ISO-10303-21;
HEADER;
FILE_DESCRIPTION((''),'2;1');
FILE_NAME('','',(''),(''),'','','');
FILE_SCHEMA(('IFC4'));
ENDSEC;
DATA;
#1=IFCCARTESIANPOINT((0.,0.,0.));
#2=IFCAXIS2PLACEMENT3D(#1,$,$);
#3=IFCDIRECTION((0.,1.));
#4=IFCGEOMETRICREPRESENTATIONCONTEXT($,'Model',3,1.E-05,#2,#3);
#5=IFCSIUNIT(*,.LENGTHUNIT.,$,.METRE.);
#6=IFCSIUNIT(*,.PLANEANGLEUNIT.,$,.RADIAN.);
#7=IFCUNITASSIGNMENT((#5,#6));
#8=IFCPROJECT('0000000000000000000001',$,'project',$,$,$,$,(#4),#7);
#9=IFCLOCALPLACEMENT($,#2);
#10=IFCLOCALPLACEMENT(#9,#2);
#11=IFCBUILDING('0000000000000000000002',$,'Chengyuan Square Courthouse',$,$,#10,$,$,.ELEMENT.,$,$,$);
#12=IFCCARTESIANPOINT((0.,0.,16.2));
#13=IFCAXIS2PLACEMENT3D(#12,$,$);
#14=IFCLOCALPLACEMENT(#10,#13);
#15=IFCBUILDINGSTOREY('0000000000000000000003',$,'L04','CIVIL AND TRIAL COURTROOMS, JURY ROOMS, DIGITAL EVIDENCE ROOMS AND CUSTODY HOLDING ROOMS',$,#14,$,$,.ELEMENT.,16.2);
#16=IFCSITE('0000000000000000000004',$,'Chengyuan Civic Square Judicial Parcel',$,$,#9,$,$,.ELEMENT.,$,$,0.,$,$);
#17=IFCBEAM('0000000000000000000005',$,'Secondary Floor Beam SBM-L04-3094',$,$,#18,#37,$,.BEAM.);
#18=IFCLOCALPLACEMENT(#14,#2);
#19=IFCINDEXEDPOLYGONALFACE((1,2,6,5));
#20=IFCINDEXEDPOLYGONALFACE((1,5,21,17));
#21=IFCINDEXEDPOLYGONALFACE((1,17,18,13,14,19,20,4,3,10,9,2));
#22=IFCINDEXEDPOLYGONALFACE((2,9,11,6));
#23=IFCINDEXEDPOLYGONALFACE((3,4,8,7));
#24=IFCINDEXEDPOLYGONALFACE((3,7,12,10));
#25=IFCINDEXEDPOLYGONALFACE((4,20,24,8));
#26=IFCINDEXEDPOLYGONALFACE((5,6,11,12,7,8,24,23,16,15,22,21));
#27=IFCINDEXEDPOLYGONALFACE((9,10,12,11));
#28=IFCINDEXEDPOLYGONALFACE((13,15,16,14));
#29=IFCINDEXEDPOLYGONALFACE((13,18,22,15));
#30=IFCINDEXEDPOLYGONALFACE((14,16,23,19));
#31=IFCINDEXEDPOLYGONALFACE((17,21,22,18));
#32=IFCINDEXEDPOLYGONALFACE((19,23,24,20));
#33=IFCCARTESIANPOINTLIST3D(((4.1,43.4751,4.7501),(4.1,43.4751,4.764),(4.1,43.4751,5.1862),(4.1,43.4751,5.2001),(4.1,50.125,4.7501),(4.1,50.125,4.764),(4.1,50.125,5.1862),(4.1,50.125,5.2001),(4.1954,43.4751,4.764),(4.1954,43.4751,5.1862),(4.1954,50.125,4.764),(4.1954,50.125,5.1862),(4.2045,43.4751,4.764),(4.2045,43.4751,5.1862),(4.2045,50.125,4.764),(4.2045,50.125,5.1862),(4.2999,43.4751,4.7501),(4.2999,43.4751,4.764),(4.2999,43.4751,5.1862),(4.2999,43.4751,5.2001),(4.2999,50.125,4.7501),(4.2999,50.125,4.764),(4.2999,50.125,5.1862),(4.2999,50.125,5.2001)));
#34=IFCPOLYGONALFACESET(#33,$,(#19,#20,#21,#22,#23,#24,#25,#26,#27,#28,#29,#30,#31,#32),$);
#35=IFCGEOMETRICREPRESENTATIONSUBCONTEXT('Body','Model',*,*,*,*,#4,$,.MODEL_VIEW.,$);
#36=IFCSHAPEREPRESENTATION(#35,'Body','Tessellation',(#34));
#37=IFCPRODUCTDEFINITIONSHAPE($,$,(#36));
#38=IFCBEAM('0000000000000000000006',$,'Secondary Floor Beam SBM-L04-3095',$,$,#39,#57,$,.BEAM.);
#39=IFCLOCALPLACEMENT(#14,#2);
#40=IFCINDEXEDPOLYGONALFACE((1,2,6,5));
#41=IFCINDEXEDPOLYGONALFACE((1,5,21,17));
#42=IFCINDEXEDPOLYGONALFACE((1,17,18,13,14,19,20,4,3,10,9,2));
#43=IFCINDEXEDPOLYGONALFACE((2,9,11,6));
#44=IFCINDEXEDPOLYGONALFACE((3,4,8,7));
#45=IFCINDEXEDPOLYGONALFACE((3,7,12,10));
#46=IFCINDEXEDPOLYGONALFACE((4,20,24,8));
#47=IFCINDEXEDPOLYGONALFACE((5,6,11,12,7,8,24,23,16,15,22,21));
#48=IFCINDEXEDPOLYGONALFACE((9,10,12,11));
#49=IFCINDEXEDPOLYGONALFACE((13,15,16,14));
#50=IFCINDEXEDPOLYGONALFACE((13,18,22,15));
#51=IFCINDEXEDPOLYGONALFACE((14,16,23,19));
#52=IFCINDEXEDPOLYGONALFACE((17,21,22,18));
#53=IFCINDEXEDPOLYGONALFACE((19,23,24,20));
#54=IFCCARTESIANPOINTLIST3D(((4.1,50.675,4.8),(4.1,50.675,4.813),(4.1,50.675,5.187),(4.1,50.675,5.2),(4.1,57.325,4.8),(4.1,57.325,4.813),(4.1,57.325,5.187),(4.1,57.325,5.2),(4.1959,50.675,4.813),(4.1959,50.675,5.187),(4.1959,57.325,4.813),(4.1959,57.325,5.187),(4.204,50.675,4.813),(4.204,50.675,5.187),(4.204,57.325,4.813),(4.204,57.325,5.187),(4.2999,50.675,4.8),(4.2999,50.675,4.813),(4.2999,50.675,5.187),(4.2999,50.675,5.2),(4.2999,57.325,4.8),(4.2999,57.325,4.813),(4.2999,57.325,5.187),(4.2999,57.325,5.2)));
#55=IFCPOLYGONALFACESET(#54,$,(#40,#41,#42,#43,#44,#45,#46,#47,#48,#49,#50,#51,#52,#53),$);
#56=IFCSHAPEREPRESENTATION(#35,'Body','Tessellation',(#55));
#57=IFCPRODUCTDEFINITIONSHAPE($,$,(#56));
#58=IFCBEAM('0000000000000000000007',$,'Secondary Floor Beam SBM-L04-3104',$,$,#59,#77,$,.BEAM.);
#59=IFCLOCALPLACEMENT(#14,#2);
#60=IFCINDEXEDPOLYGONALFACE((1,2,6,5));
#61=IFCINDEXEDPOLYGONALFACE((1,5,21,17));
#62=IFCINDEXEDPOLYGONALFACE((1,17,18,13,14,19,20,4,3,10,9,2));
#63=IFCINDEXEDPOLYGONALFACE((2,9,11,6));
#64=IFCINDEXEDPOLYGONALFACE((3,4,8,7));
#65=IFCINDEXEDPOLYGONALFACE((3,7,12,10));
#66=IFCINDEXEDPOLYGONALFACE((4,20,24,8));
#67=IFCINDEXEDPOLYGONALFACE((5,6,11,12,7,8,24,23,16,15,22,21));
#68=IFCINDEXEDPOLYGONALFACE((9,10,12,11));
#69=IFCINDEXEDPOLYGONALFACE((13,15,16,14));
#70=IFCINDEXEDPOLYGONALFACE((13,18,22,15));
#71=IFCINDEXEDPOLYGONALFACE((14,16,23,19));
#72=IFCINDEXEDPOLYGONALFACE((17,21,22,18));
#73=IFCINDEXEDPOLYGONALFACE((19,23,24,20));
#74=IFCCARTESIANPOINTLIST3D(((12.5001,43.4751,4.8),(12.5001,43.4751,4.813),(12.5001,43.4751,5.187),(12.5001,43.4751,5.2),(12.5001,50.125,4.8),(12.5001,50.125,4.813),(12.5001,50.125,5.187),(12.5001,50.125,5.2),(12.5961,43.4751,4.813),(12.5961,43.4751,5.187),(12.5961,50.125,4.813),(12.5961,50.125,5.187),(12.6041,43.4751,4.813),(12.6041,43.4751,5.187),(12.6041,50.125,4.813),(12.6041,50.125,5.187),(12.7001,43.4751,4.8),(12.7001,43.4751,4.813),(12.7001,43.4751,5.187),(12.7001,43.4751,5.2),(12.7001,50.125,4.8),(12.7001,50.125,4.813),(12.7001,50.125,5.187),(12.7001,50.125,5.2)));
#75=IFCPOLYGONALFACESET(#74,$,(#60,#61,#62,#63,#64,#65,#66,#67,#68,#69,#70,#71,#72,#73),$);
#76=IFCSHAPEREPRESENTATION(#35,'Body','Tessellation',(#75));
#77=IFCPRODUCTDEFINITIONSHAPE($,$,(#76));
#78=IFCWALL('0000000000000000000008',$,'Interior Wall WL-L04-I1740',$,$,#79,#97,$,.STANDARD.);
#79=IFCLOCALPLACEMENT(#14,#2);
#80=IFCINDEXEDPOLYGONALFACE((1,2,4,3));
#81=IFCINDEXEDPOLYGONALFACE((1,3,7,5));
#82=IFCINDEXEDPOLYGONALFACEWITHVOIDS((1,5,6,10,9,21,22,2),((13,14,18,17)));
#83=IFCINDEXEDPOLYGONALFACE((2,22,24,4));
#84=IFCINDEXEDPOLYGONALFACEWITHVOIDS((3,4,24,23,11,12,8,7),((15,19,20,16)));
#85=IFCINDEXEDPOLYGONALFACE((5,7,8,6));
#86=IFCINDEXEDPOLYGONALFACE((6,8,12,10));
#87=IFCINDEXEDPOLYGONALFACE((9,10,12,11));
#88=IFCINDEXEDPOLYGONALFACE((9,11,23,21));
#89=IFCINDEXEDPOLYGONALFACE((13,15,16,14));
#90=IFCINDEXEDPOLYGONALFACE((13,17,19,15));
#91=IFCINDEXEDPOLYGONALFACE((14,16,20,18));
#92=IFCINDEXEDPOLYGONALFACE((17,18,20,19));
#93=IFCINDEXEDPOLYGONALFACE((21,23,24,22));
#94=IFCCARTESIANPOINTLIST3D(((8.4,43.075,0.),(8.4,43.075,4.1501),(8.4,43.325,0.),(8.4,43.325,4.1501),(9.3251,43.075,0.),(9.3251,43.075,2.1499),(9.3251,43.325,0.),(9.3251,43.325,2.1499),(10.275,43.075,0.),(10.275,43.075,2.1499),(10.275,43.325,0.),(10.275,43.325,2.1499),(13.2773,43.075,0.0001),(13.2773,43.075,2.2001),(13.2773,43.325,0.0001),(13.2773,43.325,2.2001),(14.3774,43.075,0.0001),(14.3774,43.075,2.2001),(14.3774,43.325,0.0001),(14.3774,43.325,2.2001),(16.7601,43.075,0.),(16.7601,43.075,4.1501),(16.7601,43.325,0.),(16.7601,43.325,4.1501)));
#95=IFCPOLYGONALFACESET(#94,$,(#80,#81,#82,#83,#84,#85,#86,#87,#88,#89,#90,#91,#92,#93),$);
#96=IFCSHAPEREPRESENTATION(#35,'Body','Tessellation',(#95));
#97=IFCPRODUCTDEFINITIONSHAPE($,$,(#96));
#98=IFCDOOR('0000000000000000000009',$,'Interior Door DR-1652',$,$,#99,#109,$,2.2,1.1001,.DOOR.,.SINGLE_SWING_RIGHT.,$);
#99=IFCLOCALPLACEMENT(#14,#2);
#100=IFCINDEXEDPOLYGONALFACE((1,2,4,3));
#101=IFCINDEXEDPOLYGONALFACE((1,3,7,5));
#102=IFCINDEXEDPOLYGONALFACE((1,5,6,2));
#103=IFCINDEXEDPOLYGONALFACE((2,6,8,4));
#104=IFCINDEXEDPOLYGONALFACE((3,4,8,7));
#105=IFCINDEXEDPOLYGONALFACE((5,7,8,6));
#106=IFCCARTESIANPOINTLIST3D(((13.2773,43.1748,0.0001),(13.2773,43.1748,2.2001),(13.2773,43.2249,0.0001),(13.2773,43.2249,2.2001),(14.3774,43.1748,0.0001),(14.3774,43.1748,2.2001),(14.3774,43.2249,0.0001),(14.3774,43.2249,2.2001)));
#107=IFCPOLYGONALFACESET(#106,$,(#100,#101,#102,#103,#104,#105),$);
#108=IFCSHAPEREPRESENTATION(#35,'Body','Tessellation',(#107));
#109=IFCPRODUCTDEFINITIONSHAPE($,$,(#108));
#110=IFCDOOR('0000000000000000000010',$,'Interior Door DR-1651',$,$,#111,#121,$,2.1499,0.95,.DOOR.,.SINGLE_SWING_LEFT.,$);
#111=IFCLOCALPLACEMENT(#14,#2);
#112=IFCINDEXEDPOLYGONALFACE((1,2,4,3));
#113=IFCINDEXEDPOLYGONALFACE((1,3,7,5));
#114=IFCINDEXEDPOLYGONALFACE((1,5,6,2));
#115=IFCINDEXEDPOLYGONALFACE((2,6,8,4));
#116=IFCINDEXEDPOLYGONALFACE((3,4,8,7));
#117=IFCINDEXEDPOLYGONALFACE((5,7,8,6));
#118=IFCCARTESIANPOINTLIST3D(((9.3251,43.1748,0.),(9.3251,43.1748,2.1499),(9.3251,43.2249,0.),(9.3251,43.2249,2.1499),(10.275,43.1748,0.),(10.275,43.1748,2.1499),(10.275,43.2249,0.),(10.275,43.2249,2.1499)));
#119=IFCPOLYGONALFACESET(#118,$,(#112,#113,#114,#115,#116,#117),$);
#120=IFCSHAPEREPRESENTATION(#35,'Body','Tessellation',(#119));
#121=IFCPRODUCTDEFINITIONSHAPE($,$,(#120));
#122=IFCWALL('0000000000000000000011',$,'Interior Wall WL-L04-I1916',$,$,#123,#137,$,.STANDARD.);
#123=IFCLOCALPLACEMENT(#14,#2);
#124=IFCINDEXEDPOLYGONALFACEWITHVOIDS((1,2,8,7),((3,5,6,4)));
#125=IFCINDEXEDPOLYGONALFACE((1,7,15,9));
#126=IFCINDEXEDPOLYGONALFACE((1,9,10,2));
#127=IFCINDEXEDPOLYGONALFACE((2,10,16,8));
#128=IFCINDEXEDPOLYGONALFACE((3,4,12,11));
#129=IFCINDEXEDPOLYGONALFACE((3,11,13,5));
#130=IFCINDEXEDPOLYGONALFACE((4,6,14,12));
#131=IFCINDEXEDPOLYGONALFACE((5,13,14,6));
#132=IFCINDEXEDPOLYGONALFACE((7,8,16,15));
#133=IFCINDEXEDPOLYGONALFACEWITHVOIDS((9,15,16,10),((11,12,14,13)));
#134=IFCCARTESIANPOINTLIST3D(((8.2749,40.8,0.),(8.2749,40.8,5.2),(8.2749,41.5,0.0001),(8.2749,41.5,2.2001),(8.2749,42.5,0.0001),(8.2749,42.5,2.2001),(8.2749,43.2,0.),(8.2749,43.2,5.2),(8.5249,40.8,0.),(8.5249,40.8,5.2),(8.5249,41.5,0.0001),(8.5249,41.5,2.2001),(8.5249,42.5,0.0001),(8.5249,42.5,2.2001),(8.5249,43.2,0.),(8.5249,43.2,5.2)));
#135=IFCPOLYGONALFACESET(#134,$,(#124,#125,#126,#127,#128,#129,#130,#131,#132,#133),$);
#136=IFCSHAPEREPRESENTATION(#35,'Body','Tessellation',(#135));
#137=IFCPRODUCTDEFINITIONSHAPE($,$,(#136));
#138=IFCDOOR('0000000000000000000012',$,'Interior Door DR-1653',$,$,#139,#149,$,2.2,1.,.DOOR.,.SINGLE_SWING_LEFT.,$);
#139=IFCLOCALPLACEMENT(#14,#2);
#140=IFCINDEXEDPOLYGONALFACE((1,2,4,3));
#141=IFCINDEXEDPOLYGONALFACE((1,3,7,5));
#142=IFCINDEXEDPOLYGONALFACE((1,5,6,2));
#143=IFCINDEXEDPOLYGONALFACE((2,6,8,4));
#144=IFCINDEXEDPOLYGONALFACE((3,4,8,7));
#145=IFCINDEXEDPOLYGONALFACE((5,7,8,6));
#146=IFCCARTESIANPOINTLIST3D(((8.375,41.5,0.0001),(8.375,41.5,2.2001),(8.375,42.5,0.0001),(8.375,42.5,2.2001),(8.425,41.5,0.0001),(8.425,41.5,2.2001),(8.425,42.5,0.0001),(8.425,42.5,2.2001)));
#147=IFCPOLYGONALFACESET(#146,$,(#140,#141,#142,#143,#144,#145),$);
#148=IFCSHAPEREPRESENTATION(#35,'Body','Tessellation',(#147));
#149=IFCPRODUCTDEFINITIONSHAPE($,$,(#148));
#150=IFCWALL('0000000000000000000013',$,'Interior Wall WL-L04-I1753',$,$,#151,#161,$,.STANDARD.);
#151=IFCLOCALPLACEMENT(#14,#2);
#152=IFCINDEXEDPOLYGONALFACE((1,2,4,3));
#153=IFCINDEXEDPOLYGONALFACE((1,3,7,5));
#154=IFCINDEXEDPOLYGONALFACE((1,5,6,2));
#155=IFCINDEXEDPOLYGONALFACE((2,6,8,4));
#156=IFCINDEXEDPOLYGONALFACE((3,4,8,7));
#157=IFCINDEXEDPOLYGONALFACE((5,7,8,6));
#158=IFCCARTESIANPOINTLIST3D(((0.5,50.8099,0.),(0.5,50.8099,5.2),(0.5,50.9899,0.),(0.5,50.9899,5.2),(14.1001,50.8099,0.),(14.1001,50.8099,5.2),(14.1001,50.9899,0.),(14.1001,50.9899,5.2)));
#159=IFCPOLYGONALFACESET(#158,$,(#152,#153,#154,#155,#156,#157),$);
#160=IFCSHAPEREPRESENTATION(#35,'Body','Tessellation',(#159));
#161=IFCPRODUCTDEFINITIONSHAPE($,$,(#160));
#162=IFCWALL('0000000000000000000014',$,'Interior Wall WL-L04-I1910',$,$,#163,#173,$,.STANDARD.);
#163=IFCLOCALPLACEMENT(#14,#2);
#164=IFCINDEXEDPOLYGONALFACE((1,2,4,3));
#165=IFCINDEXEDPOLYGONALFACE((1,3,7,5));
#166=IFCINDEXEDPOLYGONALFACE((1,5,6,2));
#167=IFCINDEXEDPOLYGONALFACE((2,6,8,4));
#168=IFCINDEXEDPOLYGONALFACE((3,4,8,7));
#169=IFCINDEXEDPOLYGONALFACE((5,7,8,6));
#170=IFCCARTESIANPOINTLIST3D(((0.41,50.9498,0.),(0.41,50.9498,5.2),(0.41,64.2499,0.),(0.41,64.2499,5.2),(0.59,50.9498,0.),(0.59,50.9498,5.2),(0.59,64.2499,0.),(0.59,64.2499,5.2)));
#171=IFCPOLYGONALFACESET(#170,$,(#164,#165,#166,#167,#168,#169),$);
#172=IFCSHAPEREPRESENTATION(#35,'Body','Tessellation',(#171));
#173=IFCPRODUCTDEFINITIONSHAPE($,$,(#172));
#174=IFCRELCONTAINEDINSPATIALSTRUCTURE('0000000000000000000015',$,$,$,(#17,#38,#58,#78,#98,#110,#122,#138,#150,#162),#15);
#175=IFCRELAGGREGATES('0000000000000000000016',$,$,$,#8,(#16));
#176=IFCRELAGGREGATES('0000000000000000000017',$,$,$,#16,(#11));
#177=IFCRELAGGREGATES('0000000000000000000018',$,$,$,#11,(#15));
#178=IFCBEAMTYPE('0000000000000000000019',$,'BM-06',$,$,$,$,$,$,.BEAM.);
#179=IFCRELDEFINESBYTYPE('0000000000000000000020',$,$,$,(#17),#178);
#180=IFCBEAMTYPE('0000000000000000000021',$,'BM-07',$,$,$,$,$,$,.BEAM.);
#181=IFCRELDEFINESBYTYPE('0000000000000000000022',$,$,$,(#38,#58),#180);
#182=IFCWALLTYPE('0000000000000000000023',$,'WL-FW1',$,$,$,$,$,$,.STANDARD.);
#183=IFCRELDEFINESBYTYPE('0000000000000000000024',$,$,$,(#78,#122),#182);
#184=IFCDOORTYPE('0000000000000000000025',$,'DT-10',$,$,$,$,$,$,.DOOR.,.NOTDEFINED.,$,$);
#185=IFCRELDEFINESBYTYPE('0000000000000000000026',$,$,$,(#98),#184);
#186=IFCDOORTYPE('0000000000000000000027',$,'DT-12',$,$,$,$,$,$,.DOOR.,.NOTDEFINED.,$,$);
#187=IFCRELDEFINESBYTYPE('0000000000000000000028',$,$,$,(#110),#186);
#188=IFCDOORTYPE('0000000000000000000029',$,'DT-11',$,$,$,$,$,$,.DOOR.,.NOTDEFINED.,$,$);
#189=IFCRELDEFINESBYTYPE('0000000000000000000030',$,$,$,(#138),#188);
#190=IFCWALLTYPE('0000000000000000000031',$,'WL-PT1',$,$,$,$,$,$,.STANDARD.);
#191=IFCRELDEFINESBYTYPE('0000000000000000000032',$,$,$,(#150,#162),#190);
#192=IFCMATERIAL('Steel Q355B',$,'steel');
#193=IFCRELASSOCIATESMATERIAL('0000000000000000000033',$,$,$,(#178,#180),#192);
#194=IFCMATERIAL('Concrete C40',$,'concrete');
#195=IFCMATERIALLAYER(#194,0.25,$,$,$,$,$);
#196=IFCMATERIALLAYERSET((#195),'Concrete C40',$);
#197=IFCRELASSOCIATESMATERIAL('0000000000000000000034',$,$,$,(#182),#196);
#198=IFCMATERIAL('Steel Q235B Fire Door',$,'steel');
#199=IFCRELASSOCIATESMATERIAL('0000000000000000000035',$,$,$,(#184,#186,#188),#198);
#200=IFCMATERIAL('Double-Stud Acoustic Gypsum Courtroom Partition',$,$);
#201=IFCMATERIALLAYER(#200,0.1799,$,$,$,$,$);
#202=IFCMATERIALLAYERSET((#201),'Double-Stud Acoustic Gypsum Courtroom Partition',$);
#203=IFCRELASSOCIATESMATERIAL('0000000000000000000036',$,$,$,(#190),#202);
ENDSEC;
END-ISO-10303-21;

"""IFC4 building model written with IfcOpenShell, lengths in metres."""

from ifc_helpers import new_model, si_unit, direction, frame, frame_2d, origin, origin_2d, place, context, subcontext, project, spatial, rectangle, i_section, extrude, material, layer, layer_set, material_profile, profile_set, type_object, element, fill, save


model = new_model("IFC4")

# Units and contexts
model_context = context("Model", 3, precision=1e-05, world=origin(), true_north=direction((0.0, 1.0)))
body_context = subcontext(model_context, "Body", "Model", "MODEL_VIEW")
ifc_project = project(units=[si_unit("LENGTHUNIT", "METRE"), si_unit("PLANEANGLEUNIT", "RADIAN")], contexts=[model_context])

# Site, building, storey
site_placement = place(None, origin())
site = spatial("IfcSite", under=ifc_project, at=site_placement, Name="Chengyuan Civic Square Judicial Parcel", CompositionType="ELEMENT", RefElevation=0.0)
building_placement = place(site_placement, origin())
building = spatial("IfcBuilding", under=site, at=building_placement, Name="Chengyuan Square Courthouse", CompositionType="ELEMENT")
storey_placement = place(building_placement, frame((0.0, 0.0, 16.2)))
storey = spatial("IfcBuildingStorey", under=building, at=storey_placement, Name="L04", Description="CIVIL AND TRIAL COURTROOMS, JURY ROOMS, DIGITAL EVIDENCE ROOMS AND CUSTODY HOLDING ROOMS", CompositionType="ELEMENT", Elevation=16.2)

# Beams
ifc_material_1 = material(Name="Steel Q355B", Category="steel")
ifc_material_profile_1 = material_profile(ifc_material_1, i_section(OverallWidth=0.2, OverallDepth=0.45, WebThickness=0.009, FlangeThickness=0.0139, at=origin_2d()), Name="HN 450x200x9x14")
ifc_profile_set_1 = profile_set([ifc_material_profile_1], Name="Steel Q355B")
beam_type_1 = type_object("IfcBeamType", Name="BM-06", PredefinedType="BEAM", material=ifc_profile_set_1)
beam_placement = place(storey_placement, frame((4.2, 43.4751, 4.9751), z_axis=(0.0, 1.0, 0.0), x_axis=(-1.0, 0.0, 0.0)))
element("IfcBeam", 1, at=beam_placement, inside=storey, type_object=beam_type_1, Name="Secondary Floor Beam SBM-L04-3094", PredefinedType="BEAM", context=body_context, shape_type="SweptSolid", body=[
    extrude(i_section(OverallWidth=0.2, OverallDepth=0.45, WebThickness=0.009, FlangeThickness=0.0139, at=origin_2d()), origin(), (0.0, 0.0, 1.0), 6.6499),
])
ifc_material_profile_2 = material_profile(ifc_material_1, i_section(OverallWidth=0.2, OverallDepth=0.3999, WebThickness=0.0081, FlangeThickness=0.0129, at=origin_2d()), Name="HN 400x200x8x13")
ifc_profile_set_2 = profile_set([ifc_material_profile_2], Name="Steel Q355B")
beam_type_2 = type_object("IfcBeamType", Name="BM-07", PredefinedType="BEAM", material=ifc_profile_set_2)
for number, where, z_axis, x_axis, name in (
    (2, (4.2, 50.675, 5.0), (0.0, 1.0, 0.0), (-1.0, 0.0, 0.0), "Secondary Floor Beam SBM-L04-3095"),
    (3, (12.6001, 43.4751, 5.0), (0.0, 1.0, 0.0), (-1.0, 0.0, 0.0), "Secondary Floor Beam SBM-L04-3104"),
):
    element("IfcBeam", number, at=place(storey_placement, frame(where, z_axis=z_axis, x_axis=x_axis)), inside=storey, type_object=beam_type_2, Name=name, PredefinedType="BEAM", context=body_context, shape_type="SweptSolid", body=[
        extrude(i_section(OverallWidth=0.2, OverallDepth=0.3999, WebThickness=0.0081, FlangeThickness=0.0129, at=origin_2d()), origin(), (0.0, 0.0, 1.0), 6.6499),
    ])

# Wall, openings, doors
ifc_material_2 = material(Name="Concrete C40", Category="concrete")
ifc_layer_1 = layer(ifc_material_2, 0.25)
ifc_layer_set_1 = layer_set([ifc_layer_1], Name="Concrete C40")
wall_type_1 = type_object("IfcWallType", Name="WL-FW1", PredefinedType="STANDARD", material=ifc_layer_set_1)
wall_1_placement = place(storey_placement, frame((8.3999, 43.2, 0.0), z_axis=(0.0, 0.0, 1.0), x_axis=(1.0, 0.0, 0.0)))
wall_1 = element("IfcWall", 4, at=wall_1_placement, inside=storey, type_object=wall_type_1, Name="Interior Wall WL-L04-I1740", PredefinedType="STANDARD", context=body_context, shape_type="SweptSolid", body=[
    extrude(rectangle(XDim=8.3601, YDim=0.25, at=frame_2d((4.1802, 0.0))), origin(), (0.0, 0.0, 1.0), 4.1501),
])
opening_1_placement = place(wall_1_placement, frame((0.925, 0.0, 0.0)))
opening_1 = element("IfcOpeningElement", 5, at=opening_1_placement, cuts=wall_1, PredefinedType="OPENING", context=body_context, shape_type="SweptSolid", body=[
    extrude(rectangle(XDim=0.95, YDim=2.1499, at=frame_2d((0.4751, 1.075))), frame((0.0, 0.137, 0.0), z_axis=(0.0, -1.0, 0.0), x_axis=(1.0, 0.0, 0.0)), (0.0, 0.0, 1.0), 0.2739),
])
opening_2_placement = place(wall_1_placement, frame((4.8774, 0.0, 0.0)))
opening_2 = element("IfcOpeningElement", 6, at=opening_2_placement, cuts=wall_1, PredefinedType="OPENING", context=body_context, shape_type="SweptSolid", body=[
    extrude(rectangle(XDim=1.1001, YDim=2.2, at=frame_2d((0.55, 1.1001))), frame((0.0, 0.137, 0.0), z_axis=(0.0, -1.0, 0.0), x_axis=(1.0, 0.0, 0.0)), (0.0, 0.0, 1.0), 0.2739),
])
ifc_material_3 = material(Name="Steel Q235B Fire Door", Category="steel")
door_type_1 = type_object("IfcDoorType", Name="DT-10", OperationType="NOTDEFINED", PredefinedType="DOOR", material=ifc_material_3)
door_1_placement = place(opening_2_placement, origin())
door_1 = element("IfcDoor", 7, at=door_1_placement, inside=storey, type_object=door_type_1, Name="Interior Door DR-1652", OperationType="SINGLE_SWING_RIGHT", OverallHeight=2.2, OverallWidth=1.1001, PredefinedType="DOOR", context=body_context, shape_type="SweptSolid", body=[
    extrude(rectangle(XDim=1.1001, YDim=2.2, at=frame_2d((0.55, 1.1001))), frame((0.0, 0.0249, 0.0), z_axis=(0.0, -1.0, 0.0), x_axis=(1.0, 0.0, 0.0)), (0.0, 0.0, 1.0), 0.05),
])
fill(opening_2, door_1)
door_type_2 = type_object("IfcDoorType", Name="DT-12", OperationType="NOTDEFINED", PredefinedType="DOOR", material=ifc_material_3)
door_2_placement = place(opening_1_placement, origin())
door_2 = element("IfcDoor", 8, at=door_2_placement, inside=storey, type_object=door_type_2, Name="Interior Door DR-1651", OperationType="SINGLE_SWING_LEFT", OverallHeight=2.1499, OverallWidth=0.95, PredefinedType="DOOR", context=body_context, shape_type="SweptSolid", body=[
    extrude(rectangle(XDim=0.95, YDim=2.1499, at=frame_2d((0.4751, 1.075))), frame((0.0, 0.0249, 0.0), z_axis=(0.0, -1.0, 0.0), x_axis=(1.0, 0.0, 0.0)), (0.0, 0.0, 1.0), 0.05),
])
fill(opening_1, door_2)

# Wall, opening, door
wall_2_placement = place(storey_placement, frame((8.3999, 40.8, 0.0), z_axis=(0.0, 0.0, 1.0), x_axis=(0.0, 1.0, 0.0)))
wall_2 = element("IfcWall", 9, at=wall_2_placement, inside=storey, type_object=wall_type_1, Name="Interior Wall WL-L04-I1916", PredefinedType="STANDARD", context=body_context, shape_type="SweptSolid", body=[
    extrude(rectangle(XDim=2.3999, YDim=0.25, at=frame_2d((1.2, 0.0))), origin(), (0.0, 0.0, 1.0), 5.2),
])
opening_3_placement = place(wall_2_placement, frame((0.7, 0.0, 0.0)))
opening_3 = element("IfcOpeningElement", 10, at=opening_3_placement, cuts=wall_2, PredefinedType="OPENING", context=body_context, shape_type="SweptSolid", body=[
    extrude(rectangle(XDim=1.0, YDim=2.2, at=frame_2d((0.5, 1.1001))), frame((0.0, 0.137, 0.0), z_axis=(0.0, -1.0, 0.0), x_axis=(1.0, 0.0, 0.0)), (0.0, 0.0, 1.0), 0.2739),
])
door_type_3 = type_object("IfcDoorType", Name="DT-11", OperationType="NOTDEFINED", PredefinedType="DOOR", material=ifc_material_3)
door_3_placement = place(opening_3_placement, origin())
door_3 = element("IfcDoor", 11, at=door_3_placement, inside=storey, type_object=door_type_3, Name="Interior Door DR-1653", OperationType="SINGLE_SWING_LEFT", OverallHeight=2.2, OverallWidth=1.0, PredefinedType="DOOR", context=body_context, shape_type="SweptSolid", body=[
    extrude(rectangle(XDim=1.0, YDim=2.2, at=frame_2d((0.5, 1.1001))), frame((0.0, 0.0249, 0.0), z_axis=(0.0, -1.0, 0.0), x_axis=(1.0, 0.0, 0.0)), (0.0, 0.0, 1.0), 0.05),
])
fill(opening_3, door_3)

# Walls
ifc_material_4 = material(Name="Double-Stud Acoustic Gypsum Courtroom Partition")
ifc_layer_2 = layer(ifc_material_4, 0.1799)
ifc_layer_set_2 = layer_set([ifc_layer_2], Name="Double-Stud Acoustic Gypsum Courtroom Partition")
wall_type_2 = type_object("IfcWallType", Name="WL-PT1", PredefinedType="STANDARD", material=ifc_layer_set_2)
wall_3_placement = place(storey_placement, frame((0.5, 50.8999, 0.0), z_axis=(0.0, 0.0, 1.0), x_axis=(1.0, 0.0, 0.0)))
element("IfcWall", 12, at=wall_3_placement, inside=storey, type_object=wall_type_2, Name="Interior Wall WL-L04-I1753", PredefinedType="STANDARD", context=body_context, shape_type="SweptSolid", body=[
    extrude(rectangle(XDim=13.6001, YDim=0.1799, at=frame_2d((6.8, 0.0))), origin(), (0.0, 0.0, 1.0), 5.2),
])
wall_4_placement = place(storey_placement, frame((0.5, 50.95, 0.0), z_axis=(0.0, 0.0, 1.0), x_axis=(0.0, 1.0, 0.0)))
element("IfcWall", 13, at=wall_4_placement, inside=storey, type_object=wall_type_2, Name="Interior Wall WL-L04-I1910", PredefinedType="STANDARD", context=body_context, shape_type="SweptSolid", body=[
    extrude(rectangle(XDim=13.3, YDim=0.1799, at=frame_2d((6.6499, 0.0))), origin(), (0.0, 0.0, 1.0), 5.2),
])

save(model, "model.ifc")
